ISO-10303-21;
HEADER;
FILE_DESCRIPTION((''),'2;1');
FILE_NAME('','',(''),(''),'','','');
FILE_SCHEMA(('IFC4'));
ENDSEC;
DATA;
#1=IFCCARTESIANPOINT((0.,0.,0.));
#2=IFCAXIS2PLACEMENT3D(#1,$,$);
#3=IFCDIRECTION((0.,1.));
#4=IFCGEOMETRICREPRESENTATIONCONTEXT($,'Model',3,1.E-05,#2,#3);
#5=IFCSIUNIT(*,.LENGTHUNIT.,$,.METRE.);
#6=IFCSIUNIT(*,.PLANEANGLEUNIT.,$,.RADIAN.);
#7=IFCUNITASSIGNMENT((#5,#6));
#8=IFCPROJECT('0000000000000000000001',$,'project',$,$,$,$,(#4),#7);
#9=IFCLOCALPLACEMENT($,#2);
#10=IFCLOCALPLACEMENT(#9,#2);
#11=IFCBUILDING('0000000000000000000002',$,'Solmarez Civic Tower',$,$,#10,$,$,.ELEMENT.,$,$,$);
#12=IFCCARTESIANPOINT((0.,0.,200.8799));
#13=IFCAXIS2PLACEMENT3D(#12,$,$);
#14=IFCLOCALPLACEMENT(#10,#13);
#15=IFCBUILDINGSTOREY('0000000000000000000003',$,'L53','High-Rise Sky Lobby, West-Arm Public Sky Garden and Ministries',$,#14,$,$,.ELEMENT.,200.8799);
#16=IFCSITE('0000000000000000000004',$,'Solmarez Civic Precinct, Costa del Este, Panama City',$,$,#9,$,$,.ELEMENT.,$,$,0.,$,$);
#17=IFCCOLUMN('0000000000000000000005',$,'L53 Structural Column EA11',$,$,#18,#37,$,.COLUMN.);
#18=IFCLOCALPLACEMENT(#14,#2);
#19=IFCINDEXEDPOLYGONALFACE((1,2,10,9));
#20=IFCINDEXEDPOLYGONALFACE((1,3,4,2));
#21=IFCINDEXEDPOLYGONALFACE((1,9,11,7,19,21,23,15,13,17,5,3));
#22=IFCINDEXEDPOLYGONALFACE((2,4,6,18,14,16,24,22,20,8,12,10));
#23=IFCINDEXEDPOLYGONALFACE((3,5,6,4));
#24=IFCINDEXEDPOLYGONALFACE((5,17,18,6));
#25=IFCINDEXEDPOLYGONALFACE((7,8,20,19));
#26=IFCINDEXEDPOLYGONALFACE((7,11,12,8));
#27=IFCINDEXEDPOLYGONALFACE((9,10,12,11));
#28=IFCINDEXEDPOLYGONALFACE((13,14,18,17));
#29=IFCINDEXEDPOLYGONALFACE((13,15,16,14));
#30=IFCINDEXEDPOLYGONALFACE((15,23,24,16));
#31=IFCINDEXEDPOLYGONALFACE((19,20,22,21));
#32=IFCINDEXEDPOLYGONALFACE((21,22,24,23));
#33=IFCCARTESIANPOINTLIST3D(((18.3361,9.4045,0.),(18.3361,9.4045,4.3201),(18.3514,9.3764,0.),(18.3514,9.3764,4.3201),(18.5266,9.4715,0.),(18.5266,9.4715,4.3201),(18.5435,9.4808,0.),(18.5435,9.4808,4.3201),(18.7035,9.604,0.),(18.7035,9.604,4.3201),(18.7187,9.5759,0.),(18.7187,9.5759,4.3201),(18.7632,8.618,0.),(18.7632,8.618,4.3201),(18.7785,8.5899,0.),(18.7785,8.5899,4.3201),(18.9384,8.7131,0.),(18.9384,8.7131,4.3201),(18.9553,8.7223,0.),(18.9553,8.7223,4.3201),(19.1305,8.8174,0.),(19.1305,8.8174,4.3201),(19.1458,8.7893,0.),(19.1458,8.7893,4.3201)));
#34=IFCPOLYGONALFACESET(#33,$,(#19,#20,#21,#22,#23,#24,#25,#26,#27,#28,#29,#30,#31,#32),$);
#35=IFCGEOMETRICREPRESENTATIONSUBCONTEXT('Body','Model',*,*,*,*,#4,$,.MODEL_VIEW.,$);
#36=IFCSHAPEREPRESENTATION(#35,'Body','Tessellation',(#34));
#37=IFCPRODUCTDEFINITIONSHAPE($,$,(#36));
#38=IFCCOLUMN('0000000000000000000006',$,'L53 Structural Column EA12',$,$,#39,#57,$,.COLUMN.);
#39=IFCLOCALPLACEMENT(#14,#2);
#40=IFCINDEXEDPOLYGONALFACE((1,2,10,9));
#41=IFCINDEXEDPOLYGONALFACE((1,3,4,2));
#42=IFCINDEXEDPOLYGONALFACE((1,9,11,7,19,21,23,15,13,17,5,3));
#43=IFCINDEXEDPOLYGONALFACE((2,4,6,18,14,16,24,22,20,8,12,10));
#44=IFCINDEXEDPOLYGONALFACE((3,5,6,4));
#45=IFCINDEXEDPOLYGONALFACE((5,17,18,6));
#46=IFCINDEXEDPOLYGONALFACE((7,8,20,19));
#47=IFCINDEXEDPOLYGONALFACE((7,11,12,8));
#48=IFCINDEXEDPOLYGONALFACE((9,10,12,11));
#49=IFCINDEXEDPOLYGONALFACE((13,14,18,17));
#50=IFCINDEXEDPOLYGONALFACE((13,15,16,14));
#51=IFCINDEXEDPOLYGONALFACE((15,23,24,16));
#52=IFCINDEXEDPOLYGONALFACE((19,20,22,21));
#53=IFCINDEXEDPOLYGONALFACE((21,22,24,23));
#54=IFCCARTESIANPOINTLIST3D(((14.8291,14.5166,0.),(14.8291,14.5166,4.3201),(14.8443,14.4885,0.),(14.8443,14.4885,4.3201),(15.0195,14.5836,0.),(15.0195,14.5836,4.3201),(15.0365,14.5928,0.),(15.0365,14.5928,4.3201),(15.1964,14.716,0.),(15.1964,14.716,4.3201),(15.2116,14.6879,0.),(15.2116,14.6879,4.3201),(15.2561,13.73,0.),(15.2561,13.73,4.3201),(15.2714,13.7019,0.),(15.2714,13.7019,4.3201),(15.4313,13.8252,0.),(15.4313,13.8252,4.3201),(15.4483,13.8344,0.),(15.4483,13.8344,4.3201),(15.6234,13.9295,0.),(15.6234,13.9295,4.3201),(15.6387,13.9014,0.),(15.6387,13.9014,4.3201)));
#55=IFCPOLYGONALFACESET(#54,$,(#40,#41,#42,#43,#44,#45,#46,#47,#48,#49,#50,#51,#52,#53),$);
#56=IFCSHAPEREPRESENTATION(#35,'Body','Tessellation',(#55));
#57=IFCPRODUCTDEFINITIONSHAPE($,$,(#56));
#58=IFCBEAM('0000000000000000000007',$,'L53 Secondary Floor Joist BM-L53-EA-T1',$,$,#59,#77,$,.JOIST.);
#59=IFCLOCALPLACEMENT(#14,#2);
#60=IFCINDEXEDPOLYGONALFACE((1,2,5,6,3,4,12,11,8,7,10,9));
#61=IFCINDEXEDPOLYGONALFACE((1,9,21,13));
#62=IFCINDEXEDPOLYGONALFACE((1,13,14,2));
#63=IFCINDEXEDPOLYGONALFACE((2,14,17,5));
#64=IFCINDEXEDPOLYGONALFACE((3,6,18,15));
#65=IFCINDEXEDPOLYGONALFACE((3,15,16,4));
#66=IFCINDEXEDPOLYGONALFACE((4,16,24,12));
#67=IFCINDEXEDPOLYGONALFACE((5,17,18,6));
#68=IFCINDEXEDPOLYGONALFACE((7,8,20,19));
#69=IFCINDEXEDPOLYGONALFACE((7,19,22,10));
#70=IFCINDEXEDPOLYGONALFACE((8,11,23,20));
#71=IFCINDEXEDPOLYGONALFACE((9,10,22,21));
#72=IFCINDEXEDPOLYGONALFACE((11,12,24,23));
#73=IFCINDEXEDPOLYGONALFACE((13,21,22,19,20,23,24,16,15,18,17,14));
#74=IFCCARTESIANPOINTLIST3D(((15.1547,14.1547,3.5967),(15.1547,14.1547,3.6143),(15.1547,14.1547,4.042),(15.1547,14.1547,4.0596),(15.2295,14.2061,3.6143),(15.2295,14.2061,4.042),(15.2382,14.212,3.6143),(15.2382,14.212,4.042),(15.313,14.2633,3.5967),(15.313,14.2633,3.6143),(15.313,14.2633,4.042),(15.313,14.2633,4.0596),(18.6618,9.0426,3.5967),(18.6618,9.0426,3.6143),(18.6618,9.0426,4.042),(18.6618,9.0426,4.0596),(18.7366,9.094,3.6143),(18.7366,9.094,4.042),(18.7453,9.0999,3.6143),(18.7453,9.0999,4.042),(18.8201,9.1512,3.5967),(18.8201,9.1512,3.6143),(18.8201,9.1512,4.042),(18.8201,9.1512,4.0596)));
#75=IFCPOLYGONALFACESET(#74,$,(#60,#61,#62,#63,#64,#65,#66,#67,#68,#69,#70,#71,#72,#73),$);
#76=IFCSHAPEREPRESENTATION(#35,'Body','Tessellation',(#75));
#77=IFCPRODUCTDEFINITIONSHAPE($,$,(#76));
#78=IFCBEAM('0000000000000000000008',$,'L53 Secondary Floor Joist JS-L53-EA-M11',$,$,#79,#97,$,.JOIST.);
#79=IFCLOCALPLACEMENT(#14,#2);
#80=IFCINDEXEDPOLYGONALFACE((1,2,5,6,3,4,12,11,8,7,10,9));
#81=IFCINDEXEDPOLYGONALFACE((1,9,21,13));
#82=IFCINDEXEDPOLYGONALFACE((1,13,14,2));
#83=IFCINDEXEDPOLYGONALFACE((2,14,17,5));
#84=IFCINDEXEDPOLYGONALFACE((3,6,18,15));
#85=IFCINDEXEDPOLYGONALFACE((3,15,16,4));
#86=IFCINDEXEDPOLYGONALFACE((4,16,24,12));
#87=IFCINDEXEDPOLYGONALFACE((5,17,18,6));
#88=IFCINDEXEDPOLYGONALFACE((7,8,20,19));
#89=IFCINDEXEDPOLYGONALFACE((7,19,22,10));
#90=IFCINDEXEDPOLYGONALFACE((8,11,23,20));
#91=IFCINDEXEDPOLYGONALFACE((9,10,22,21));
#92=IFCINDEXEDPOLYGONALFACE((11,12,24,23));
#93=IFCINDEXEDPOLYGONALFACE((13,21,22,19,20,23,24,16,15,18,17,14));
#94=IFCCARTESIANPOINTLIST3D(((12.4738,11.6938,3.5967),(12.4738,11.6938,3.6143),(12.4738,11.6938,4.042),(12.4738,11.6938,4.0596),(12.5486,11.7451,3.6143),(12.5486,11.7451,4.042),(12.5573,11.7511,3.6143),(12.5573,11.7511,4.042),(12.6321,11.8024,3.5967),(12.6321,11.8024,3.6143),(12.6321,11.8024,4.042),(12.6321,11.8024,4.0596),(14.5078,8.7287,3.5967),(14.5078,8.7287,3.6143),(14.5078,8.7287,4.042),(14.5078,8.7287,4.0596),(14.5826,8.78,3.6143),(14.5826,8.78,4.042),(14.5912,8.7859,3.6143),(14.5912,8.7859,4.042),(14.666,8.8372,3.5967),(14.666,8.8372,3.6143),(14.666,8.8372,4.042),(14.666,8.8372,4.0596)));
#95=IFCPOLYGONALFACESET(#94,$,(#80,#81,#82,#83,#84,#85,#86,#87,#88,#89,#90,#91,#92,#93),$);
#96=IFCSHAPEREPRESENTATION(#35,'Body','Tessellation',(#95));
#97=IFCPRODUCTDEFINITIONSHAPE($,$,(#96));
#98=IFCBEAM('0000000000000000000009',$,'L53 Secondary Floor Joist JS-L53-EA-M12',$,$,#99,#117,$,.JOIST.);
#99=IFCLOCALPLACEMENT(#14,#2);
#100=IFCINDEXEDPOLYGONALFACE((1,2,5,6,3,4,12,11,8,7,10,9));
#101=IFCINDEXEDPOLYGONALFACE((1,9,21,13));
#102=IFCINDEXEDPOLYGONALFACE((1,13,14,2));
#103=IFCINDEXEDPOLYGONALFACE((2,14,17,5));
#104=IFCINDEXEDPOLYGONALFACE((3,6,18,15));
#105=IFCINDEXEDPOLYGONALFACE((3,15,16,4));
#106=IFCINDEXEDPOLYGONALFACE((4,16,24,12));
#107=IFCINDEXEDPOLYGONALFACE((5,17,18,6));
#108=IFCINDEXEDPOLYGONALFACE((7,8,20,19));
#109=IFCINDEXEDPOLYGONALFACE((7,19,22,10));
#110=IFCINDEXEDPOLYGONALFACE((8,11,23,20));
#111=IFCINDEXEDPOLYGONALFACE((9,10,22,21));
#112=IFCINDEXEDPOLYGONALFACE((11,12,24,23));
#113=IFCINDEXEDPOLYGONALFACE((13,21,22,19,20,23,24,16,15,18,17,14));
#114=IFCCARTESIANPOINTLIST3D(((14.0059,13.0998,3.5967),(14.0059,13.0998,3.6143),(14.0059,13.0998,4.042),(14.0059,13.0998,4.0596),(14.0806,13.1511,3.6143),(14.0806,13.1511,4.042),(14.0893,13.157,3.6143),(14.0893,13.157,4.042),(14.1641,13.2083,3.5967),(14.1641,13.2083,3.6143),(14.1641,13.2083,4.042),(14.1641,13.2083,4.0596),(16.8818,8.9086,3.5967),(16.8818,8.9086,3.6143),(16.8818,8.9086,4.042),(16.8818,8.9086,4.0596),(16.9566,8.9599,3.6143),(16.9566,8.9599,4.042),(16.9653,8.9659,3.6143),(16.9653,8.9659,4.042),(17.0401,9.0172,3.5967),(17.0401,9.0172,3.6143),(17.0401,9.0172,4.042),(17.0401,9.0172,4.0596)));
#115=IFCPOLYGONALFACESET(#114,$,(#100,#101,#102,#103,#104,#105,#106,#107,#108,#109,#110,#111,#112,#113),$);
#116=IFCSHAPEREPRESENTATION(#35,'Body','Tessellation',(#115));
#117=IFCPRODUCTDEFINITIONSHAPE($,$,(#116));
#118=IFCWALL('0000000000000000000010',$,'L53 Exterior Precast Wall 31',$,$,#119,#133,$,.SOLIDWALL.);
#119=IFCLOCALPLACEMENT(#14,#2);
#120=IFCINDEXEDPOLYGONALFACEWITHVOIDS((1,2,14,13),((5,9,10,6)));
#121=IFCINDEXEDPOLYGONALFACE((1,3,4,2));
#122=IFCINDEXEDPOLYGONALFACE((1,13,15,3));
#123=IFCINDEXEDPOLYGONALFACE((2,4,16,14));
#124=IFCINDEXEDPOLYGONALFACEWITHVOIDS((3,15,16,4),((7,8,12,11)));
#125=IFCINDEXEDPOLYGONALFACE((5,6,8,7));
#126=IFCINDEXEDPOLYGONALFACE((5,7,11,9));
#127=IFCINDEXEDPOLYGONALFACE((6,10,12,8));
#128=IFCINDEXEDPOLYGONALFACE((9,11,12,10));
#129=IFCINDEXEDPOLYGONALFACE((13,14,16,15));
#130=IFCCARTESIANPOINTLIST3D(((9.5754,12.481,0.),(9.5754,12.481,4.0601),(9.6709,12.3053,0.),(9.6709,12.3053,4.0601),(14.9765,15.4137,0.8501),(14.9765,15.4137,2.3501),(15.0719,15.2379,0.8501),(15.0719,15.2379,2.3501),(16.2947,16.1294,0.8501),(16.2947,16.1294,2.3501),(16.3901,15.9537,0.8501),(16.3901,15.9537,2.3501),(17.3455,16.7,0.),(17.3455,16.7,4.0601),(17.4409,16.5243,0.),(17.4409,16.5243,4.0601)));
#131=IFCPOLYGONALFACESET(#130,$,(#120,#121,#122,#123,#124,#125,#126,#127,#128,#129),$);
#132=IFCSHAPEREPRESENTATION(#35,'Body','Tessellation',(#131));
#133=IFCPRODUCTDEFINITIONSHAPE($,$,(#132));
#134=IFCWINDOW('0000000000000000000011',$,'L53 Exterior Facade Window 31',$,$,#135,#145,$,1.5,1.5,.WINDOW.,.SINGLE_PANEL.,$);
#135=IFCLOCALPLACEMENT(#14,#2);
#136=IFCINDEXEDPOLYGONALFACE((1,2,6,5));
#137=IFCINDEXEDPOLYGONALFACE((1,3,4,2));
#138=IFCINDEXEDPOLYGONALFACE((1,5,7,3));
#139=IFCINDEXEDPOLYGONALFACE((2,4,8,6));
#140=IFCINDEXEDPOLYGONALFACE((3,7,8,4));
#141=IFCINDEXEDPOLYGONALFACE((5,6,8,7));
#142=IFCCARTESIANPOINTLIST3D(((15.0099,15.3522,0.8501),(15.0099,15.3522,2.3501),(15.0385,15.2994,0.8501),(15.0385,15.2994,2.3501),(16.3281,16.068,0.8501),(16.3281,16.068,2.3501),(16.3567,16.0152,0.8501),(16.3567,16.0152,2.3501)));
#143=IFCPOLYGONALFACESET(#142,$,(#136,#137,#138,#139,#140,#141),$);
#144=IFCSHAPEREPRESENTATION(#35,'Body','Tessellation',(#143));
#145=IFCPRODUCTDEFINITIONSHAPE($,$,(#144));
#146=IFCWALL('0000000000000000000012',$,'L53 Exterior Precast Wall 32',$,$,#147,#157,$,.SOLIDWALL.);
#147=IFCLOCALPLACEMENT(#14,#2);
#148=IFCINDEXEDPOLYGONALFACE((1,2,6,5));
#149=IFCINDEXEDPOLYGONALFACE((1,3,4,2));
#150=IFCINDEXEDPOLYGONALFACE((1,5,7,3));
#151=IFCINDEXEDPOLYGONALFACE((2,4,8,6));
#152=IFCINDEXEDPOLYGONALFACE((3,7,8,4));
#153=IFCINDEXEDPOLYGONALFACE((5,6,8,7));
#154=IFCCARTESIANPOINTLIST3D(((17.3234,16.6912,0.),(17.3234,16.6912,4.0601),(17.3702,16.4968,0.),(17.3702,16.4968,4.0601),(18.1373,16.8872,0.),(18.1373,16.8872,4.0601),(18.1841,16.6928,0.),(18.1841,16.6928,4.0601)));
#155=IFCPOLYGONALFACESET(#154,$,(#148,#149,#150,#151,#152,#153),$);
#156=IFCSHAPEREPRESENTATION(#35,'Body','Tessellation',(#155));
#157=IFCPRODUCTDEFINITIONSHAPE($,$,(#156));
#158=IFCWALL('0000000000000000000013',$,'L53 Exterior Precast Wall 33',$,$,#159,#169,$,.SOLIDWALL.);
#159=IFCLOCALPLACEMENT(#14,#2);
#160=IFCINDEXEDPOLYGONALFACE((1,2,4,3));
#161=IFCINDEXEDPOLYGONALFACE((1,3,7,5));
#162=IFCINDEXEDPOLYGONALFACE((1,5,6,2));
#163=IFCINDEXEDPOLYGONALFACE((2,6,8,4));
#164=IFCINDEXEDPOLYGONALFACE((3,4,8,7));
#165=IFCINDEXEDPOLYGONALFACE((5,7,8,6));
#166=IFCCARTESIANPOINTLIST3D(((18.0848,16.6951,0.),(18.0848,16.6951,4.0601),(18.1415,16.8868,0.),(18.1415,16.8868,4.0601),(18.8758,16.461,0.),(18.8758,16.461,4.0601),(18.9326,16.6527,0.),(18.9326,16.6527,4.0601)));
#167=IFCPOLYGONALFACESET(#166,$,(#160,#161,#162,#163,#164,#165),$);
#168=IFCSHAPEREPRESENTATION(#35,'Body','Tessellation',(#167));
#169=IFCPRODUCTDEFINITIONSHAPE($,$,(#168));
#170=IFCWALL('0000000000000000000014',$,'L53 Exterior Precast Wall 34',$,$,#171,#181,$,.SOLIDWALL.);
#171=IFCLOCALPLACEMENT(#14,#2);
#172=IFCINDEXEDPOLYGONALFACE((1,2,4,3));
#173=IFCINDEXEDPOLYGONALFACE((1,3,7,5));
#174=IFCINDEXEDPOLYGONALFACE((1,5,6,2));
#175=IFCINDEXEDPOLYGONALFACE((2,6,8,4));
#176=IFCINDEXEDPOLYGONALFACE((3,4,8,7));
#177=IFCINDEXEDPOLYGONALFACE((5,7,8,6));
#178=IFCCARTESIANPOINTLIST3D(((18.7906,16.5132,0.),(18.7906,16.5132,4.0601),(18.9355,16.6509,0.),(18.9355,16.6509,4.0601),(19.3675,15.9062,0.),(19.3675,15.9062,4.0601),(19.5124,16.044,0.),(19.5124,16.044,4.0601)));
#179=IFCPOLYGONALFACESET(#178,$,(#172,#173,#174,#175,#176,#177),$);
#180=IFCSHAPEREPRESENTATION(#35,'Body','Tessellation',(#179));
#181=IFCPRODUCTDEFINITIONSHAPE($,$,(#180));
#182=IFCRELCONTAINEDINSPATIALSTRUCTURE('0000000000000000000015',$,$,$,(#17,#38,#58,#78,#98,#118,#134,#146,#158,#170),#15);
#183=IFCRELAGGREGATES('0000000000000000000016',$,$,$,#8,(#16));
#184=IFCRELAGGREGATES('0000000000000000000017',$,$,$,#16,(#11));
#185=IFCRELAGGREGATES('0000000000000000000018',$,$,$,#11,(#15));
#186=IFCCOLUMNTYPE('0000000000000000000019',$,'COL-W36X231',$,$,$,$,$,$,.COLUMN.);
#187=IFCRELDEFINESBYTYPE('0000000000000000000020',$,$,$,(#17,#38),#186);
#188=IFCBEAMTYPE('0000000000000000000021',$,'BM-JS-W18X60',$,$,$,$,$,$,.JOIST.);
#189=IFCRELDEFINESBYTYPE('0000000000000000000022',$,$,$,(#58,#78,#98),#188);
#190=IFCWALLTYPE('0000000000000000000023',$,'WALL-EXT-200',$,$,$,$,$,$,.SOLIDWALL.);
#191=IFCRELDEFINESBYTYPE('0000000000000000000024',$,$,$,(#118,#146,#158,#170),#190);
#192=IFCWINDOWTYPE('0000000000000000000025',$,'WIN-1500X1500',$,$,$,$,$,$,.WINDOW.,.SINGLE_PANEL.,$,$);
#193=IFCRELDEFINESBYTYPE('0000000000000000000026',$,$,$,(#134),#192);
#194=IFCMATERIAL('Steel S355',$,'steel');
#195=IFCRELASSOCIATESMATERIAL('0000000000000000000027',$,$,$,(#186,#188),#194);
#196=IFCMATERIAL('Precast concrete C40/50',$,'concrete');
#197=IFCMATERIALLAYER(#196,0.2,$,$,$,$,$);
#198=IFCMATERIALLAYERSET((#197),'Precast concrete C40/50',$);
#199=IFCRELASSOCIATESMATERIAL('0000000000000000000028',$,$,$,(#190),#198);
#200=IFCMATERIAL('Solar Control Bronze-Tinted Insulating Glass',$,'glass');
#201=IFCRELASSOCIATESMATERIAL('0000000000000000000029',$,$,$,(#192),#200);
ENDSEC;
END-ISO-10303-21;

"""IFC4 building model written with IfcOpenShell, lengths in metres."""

from ifc_helpers import new_model, si_unit, direction, frame, frame_2d, origin, origin_2d, place, context, subcontext, project, spatial, rectangle, i_section, extrude, material, layer, layer_set, material_profile, profile_set, type_object, element, fill, save


model = new_model("IFC4")

# Units and contexts
model_context = context("Model", 3, precision=1e-05, world=origin(), true_north=direction((0.0, 1.0)))
body_context = subcontext(model_context, "Body", "Model", "MODEL_VIEW")
ifc_project = project(units=[si_unit("LENGTHUNIT", "METRE"), si_unit("PLANEANGLEUNIT", "RADIAN")], contexts=[model_context])

# Site, building, storey
site_placement = place(None, origin())
site = spatial("IfcSite", under=ifc_project, at=site_placement, Name="Solmarez Civic Precinct, Costa del Este, Panama City", CompositionType="ELEMENT", RefElevation=0.0)
building_placement = place(site_placement, origin())
building = spatial("IfcBuilding", under=site, at=building_placement, Name="Solmarez Civic Tower", CompositionType="ELEMENT")
storey_placement = place(building_placement, frame((0.0, 0.0, 200.8799)))
storey = spatial("IfcBuildingStorey", under=building, at=storey_placement, Name="L53", Description="High-Rise Sky Lobby, West-Arm Public Sky Garden and Ministries", CompositionType="ELEMENT", Elevation=200.8799)

# Columns
ifc_material_1 = material(Name="Steel S355", Category="steel")
ifc_material_profile_1 = material_profile(ifc_material_1, i_section(OverallWidth=0.418, OverallDepth=0.927, WebThickness=0.0193, FlangeThickness=0.032, at=origin_2d()), Name="W36X231")
ifc_profile_set_1 = profile_set([ifc_material_profile_1], Name="Steel S355")
column_type = type_object("IfcColumnType", Name="COL-W36X231", PredefinedType="COLUMN", material=ifc_profile_set_1)
for number, where, z_axis, x_axis, name in (
    (1, (18.741, 9.0969, 0.0), (0.0, 0.0, 1.0), (0.878817, 0.477159, 0.0), "L53 Structural Column EA11"),
    (2, (15.2339, 14.209, 0.0), (0.0, 0.0, 1.0), (0.878817, 0.477159, 0.0), "L53 Structural Column EA12"),
):
    element("IfcColumn", number, at=place(storey_placement, frame(where, z_axis=z_axis, x_axis=x_axis)), inside=storey, type_object=column_type, Name=name, PredefinedType="COLUMN", context=body_context, shape_type="SweptSolid", body=[
        extrude(i_section(OverallWidth=0.418, OverallDepth=0.927, WebThickness=0.0193, FlangeThickness=0.032, at=origin_2d()), origin(), (0.0, 0.0, 1.0), 4.3201),
    ])

# Beams
ifc_material_profile_2 = material_profile(ifc_material_1, i_section(OverallWidth=0.1919, OverallDepth=0.4629, WebThickness=0.0105, FlangeThickness=0.0176, at=origin_2d()), Name="W18X60")
ifc_profile_set_2 = profile_set([ifc_material_profile_2], Name="Steel S355")
beam_type = type_object("IfcBeamType", Name="BM-JS-W18X60", PredefinedType="JOIST", material=ifc_profile_set_2)
beam_1_placement = place(storey_placement, frame((18.741, 9.0969, 3.8281), z_axis=(-0.565711, 0.824603, 0.0), x_axis=(-0.824603, -0.565711, 0.0)))
element("IfcBeam", 3, at=beam_1_placement, inside=storey, type_object=beam_type, Name="L53 Secondary Floor Joist BM-L53-EA-T1", PredefinedType="JOIST", context=body_context, shape_type="SweptSolid", body=[
    extrude(i_section(OverallWidth=0.1919, OverallDepth=0.4629, WebThickness=0.0105, FlangeThickness=0.0176, at=origin_2d()), origin(), (0.0, 0.0, 1.0), 6.1995),
])
beam_2_placement = place(storey_placement, frame((14.5869, 8.783, 3.8281), z_axis=(-0.565667, 0.824634, 0.0), x_axis=(-0.824634, -0.565667, 0.0)))
element("IfcBeam", 4, at=beam_2_placement, inside=storey, type_object=beam_type, Name="L53 Secondary Floor Joist JS-L53-EA-M11", PredefinedType="JOIST", context=body_context, shape_type="SweptSolid", body=[
    extrude(i_section(OverallWidth=0.1919, OverallDepth=0.4629, WebThickness=0.0105, FlangeThickness=0.0176, at=origin_2d()), origin(), (0.0, 0.0, 1.0), 3.5957),
])
beam_3_placement = place(storey_placement, frame((16.9609, 8.9629, 3.8281), z_axis=(-0.565801, 0.824542, 0.0), x_axis=(-0.824542, -0.565801, 0.0)))
element("IfcBeam", 5, at=beam_3_placement, inside=storey, type_object=beam_type, Name="L53 Secondary Floor Joist JS-L53-EA-M12", PredefinedType="JOIST", context=body_context, shape_type="SweptSolid", body=[
    extrude(i_section(OverallWidth=0.1919, OverallDepth=0.4629, WebThickness=0.0105, FlangeThickness=0.0176, at=origin_2d()), origin(), (0.0, 0.0, 1.0), 5.083),
])

# Wall, opening, window
ifc_material_2 = material(Name="Precast concrete C40/50", Category="concrete")
ifc_layer_1 = layer(ifc_material_2, 0.2)
ifc_layer_set_1 = layer_set([ifc_layer_1], Name="Precast concrete C40/50")
wall_type_1 = type_object("IfcWallType", Name="WALL-EXT-200", PredefinedType="SOLIDWALL", material=ifc_layer_set_1)
wall_1_placement = place(storey_placement, frame((9.623, 12.3931, 0.0), z_axis=(0.0, 0.0, 1.0), x_axis=(0.878807, 0.477178, 0.0)))
wall_1 = element("IfcWall", 6, at=wall_1_placement, inside=storey, type_object=wall_type_1, Name="L53 Exterior Precast Wall 31", PredefinedType="SOLIDWALL", context=body_context, shape_type="SweptSolid", body=[
    extrude(rectangle(XDim=8.8416, YDim=0.2, at=frame_2d((4.4209, 0.0))), origin(), (0.0, 0.0, 1.0), 4.0601),
])
opening_1_placement = place(wall_1_placement, frame((6.146, 0.0, 0.8501)))
opening_1 = element("IfcOpeningElement", 7, at=opening_1_placement, cuts=wall_1, PredefinedType="OPENING", context=body_context, shape_type="SweptSolid", body=[
    extrude(rectangle(XDim=1.5, YDim=1.5, at=frame_2d((0.75, 0.75))), frame((0.0, 0.1099, 0.0), z_axis=(0.0, -1.0, 0.0), x_axis=(1.0, 0.0, 0.0)), (0.0, 0.0, 1.0), 0.22),
])
ifc_material_3 = material(Name="Solar Control Bronze-Tinted Insulating Glass", Category="glass")
window_type_1 = type_object("IfcWindowType", Name="WIN-1500X1500", PartitioningType="SINGLE_PANEL", PredefinedType="WINDOW", material=ifc_material_3)
window_1_placement = place(opening_1_placement, origin())
window_1 = element("IfcWindow", 8, at=window_1_placement, inside=storey, type_object=window_type_1, Name="L53 Exterior Facade Window 31", OverallHeight=1.5, OverallWidth=1.5, PartitioningType="SINGLE_PANEL", PredefinedType="WINDOW", context=body_context, shape_type="SweptSolid", body=[
    extrude(rectangle(XDim=1.5, YDim=1.5, at=frame_2d((0.75, 0.75))), frame((0.0, 0.03, 0.0), z_axis=(0.0, -1.0, 0.0), x_axis=(1.0, 0.0, 0.0)), (0.0, 0.0, 1.0), 0.0601),
])
fill(opening_1, window_1)

# Walls
wall_2_placement = place(storey_placement, frame((17.3469, 16.594, 0.0), z_axis=(0.0, 0.0, 1.0), x_axis=(0.972199, 0.234156, 0.0)))
element("IfcWall", 9, at=wall_2_placement, inside=storey, type_object=wall_type_1, Name="L53 Exterior Precast Wall 32", PredefinedType="SOLIDWALL", context=body_context, shape_type="SweptSolid", body=[
    extrude(rectangle(XDim=0.8372, YDim=0.2, at=frame_2d((0.4185, 0.0))), origin(), (0.0, 0.0, 1.0), 4.0601),
])
wall_3_placement = place(storey_placement, frame((18.113, 16.791, 0.0), z_axis=(0.0, 0.0, 1.0), x_axis=(0.958879, -0.283816, 0.0)))
element("IfcWall", 10, at=wall_3_placement, inside=storey, type_object=wall_type_1, Name="L53 Exterior Precast Wall 33", PredefinedType="SOLIDWALL", context=body_context, shape_type="SweptSolid", body=[
    extrude(rectangle(XDim=0.825, YDim=0.2, at=frame_2d((0.4126, 0.0))), origin(), (0.0, 0.0, 1.0), 4.0601),
])
wall_4_placement = place(storey_placement, frame((18.863, 16.582, 0.0), z_axis=(0.0, 0.0, 1.0), x_axis=(0.688949, -0.72481, 0.0)))
element("IfcWall", 11, at=wall_4_placement, inside=storey, type_object=wall_type_1, Name="L53 Exterior Precast Wall 34", PredefinedType="SOLIDWALL", context=body_context, shape_type="SweptSolid", body=[
    extrude(rectangle(XDim=0.8374, YDim=0.2, at=frame_2d((0.4187, 0.0))), origin(), (0.0, 0.0, 1.0), 4.0601),
])

save(model, "model.ifc")
